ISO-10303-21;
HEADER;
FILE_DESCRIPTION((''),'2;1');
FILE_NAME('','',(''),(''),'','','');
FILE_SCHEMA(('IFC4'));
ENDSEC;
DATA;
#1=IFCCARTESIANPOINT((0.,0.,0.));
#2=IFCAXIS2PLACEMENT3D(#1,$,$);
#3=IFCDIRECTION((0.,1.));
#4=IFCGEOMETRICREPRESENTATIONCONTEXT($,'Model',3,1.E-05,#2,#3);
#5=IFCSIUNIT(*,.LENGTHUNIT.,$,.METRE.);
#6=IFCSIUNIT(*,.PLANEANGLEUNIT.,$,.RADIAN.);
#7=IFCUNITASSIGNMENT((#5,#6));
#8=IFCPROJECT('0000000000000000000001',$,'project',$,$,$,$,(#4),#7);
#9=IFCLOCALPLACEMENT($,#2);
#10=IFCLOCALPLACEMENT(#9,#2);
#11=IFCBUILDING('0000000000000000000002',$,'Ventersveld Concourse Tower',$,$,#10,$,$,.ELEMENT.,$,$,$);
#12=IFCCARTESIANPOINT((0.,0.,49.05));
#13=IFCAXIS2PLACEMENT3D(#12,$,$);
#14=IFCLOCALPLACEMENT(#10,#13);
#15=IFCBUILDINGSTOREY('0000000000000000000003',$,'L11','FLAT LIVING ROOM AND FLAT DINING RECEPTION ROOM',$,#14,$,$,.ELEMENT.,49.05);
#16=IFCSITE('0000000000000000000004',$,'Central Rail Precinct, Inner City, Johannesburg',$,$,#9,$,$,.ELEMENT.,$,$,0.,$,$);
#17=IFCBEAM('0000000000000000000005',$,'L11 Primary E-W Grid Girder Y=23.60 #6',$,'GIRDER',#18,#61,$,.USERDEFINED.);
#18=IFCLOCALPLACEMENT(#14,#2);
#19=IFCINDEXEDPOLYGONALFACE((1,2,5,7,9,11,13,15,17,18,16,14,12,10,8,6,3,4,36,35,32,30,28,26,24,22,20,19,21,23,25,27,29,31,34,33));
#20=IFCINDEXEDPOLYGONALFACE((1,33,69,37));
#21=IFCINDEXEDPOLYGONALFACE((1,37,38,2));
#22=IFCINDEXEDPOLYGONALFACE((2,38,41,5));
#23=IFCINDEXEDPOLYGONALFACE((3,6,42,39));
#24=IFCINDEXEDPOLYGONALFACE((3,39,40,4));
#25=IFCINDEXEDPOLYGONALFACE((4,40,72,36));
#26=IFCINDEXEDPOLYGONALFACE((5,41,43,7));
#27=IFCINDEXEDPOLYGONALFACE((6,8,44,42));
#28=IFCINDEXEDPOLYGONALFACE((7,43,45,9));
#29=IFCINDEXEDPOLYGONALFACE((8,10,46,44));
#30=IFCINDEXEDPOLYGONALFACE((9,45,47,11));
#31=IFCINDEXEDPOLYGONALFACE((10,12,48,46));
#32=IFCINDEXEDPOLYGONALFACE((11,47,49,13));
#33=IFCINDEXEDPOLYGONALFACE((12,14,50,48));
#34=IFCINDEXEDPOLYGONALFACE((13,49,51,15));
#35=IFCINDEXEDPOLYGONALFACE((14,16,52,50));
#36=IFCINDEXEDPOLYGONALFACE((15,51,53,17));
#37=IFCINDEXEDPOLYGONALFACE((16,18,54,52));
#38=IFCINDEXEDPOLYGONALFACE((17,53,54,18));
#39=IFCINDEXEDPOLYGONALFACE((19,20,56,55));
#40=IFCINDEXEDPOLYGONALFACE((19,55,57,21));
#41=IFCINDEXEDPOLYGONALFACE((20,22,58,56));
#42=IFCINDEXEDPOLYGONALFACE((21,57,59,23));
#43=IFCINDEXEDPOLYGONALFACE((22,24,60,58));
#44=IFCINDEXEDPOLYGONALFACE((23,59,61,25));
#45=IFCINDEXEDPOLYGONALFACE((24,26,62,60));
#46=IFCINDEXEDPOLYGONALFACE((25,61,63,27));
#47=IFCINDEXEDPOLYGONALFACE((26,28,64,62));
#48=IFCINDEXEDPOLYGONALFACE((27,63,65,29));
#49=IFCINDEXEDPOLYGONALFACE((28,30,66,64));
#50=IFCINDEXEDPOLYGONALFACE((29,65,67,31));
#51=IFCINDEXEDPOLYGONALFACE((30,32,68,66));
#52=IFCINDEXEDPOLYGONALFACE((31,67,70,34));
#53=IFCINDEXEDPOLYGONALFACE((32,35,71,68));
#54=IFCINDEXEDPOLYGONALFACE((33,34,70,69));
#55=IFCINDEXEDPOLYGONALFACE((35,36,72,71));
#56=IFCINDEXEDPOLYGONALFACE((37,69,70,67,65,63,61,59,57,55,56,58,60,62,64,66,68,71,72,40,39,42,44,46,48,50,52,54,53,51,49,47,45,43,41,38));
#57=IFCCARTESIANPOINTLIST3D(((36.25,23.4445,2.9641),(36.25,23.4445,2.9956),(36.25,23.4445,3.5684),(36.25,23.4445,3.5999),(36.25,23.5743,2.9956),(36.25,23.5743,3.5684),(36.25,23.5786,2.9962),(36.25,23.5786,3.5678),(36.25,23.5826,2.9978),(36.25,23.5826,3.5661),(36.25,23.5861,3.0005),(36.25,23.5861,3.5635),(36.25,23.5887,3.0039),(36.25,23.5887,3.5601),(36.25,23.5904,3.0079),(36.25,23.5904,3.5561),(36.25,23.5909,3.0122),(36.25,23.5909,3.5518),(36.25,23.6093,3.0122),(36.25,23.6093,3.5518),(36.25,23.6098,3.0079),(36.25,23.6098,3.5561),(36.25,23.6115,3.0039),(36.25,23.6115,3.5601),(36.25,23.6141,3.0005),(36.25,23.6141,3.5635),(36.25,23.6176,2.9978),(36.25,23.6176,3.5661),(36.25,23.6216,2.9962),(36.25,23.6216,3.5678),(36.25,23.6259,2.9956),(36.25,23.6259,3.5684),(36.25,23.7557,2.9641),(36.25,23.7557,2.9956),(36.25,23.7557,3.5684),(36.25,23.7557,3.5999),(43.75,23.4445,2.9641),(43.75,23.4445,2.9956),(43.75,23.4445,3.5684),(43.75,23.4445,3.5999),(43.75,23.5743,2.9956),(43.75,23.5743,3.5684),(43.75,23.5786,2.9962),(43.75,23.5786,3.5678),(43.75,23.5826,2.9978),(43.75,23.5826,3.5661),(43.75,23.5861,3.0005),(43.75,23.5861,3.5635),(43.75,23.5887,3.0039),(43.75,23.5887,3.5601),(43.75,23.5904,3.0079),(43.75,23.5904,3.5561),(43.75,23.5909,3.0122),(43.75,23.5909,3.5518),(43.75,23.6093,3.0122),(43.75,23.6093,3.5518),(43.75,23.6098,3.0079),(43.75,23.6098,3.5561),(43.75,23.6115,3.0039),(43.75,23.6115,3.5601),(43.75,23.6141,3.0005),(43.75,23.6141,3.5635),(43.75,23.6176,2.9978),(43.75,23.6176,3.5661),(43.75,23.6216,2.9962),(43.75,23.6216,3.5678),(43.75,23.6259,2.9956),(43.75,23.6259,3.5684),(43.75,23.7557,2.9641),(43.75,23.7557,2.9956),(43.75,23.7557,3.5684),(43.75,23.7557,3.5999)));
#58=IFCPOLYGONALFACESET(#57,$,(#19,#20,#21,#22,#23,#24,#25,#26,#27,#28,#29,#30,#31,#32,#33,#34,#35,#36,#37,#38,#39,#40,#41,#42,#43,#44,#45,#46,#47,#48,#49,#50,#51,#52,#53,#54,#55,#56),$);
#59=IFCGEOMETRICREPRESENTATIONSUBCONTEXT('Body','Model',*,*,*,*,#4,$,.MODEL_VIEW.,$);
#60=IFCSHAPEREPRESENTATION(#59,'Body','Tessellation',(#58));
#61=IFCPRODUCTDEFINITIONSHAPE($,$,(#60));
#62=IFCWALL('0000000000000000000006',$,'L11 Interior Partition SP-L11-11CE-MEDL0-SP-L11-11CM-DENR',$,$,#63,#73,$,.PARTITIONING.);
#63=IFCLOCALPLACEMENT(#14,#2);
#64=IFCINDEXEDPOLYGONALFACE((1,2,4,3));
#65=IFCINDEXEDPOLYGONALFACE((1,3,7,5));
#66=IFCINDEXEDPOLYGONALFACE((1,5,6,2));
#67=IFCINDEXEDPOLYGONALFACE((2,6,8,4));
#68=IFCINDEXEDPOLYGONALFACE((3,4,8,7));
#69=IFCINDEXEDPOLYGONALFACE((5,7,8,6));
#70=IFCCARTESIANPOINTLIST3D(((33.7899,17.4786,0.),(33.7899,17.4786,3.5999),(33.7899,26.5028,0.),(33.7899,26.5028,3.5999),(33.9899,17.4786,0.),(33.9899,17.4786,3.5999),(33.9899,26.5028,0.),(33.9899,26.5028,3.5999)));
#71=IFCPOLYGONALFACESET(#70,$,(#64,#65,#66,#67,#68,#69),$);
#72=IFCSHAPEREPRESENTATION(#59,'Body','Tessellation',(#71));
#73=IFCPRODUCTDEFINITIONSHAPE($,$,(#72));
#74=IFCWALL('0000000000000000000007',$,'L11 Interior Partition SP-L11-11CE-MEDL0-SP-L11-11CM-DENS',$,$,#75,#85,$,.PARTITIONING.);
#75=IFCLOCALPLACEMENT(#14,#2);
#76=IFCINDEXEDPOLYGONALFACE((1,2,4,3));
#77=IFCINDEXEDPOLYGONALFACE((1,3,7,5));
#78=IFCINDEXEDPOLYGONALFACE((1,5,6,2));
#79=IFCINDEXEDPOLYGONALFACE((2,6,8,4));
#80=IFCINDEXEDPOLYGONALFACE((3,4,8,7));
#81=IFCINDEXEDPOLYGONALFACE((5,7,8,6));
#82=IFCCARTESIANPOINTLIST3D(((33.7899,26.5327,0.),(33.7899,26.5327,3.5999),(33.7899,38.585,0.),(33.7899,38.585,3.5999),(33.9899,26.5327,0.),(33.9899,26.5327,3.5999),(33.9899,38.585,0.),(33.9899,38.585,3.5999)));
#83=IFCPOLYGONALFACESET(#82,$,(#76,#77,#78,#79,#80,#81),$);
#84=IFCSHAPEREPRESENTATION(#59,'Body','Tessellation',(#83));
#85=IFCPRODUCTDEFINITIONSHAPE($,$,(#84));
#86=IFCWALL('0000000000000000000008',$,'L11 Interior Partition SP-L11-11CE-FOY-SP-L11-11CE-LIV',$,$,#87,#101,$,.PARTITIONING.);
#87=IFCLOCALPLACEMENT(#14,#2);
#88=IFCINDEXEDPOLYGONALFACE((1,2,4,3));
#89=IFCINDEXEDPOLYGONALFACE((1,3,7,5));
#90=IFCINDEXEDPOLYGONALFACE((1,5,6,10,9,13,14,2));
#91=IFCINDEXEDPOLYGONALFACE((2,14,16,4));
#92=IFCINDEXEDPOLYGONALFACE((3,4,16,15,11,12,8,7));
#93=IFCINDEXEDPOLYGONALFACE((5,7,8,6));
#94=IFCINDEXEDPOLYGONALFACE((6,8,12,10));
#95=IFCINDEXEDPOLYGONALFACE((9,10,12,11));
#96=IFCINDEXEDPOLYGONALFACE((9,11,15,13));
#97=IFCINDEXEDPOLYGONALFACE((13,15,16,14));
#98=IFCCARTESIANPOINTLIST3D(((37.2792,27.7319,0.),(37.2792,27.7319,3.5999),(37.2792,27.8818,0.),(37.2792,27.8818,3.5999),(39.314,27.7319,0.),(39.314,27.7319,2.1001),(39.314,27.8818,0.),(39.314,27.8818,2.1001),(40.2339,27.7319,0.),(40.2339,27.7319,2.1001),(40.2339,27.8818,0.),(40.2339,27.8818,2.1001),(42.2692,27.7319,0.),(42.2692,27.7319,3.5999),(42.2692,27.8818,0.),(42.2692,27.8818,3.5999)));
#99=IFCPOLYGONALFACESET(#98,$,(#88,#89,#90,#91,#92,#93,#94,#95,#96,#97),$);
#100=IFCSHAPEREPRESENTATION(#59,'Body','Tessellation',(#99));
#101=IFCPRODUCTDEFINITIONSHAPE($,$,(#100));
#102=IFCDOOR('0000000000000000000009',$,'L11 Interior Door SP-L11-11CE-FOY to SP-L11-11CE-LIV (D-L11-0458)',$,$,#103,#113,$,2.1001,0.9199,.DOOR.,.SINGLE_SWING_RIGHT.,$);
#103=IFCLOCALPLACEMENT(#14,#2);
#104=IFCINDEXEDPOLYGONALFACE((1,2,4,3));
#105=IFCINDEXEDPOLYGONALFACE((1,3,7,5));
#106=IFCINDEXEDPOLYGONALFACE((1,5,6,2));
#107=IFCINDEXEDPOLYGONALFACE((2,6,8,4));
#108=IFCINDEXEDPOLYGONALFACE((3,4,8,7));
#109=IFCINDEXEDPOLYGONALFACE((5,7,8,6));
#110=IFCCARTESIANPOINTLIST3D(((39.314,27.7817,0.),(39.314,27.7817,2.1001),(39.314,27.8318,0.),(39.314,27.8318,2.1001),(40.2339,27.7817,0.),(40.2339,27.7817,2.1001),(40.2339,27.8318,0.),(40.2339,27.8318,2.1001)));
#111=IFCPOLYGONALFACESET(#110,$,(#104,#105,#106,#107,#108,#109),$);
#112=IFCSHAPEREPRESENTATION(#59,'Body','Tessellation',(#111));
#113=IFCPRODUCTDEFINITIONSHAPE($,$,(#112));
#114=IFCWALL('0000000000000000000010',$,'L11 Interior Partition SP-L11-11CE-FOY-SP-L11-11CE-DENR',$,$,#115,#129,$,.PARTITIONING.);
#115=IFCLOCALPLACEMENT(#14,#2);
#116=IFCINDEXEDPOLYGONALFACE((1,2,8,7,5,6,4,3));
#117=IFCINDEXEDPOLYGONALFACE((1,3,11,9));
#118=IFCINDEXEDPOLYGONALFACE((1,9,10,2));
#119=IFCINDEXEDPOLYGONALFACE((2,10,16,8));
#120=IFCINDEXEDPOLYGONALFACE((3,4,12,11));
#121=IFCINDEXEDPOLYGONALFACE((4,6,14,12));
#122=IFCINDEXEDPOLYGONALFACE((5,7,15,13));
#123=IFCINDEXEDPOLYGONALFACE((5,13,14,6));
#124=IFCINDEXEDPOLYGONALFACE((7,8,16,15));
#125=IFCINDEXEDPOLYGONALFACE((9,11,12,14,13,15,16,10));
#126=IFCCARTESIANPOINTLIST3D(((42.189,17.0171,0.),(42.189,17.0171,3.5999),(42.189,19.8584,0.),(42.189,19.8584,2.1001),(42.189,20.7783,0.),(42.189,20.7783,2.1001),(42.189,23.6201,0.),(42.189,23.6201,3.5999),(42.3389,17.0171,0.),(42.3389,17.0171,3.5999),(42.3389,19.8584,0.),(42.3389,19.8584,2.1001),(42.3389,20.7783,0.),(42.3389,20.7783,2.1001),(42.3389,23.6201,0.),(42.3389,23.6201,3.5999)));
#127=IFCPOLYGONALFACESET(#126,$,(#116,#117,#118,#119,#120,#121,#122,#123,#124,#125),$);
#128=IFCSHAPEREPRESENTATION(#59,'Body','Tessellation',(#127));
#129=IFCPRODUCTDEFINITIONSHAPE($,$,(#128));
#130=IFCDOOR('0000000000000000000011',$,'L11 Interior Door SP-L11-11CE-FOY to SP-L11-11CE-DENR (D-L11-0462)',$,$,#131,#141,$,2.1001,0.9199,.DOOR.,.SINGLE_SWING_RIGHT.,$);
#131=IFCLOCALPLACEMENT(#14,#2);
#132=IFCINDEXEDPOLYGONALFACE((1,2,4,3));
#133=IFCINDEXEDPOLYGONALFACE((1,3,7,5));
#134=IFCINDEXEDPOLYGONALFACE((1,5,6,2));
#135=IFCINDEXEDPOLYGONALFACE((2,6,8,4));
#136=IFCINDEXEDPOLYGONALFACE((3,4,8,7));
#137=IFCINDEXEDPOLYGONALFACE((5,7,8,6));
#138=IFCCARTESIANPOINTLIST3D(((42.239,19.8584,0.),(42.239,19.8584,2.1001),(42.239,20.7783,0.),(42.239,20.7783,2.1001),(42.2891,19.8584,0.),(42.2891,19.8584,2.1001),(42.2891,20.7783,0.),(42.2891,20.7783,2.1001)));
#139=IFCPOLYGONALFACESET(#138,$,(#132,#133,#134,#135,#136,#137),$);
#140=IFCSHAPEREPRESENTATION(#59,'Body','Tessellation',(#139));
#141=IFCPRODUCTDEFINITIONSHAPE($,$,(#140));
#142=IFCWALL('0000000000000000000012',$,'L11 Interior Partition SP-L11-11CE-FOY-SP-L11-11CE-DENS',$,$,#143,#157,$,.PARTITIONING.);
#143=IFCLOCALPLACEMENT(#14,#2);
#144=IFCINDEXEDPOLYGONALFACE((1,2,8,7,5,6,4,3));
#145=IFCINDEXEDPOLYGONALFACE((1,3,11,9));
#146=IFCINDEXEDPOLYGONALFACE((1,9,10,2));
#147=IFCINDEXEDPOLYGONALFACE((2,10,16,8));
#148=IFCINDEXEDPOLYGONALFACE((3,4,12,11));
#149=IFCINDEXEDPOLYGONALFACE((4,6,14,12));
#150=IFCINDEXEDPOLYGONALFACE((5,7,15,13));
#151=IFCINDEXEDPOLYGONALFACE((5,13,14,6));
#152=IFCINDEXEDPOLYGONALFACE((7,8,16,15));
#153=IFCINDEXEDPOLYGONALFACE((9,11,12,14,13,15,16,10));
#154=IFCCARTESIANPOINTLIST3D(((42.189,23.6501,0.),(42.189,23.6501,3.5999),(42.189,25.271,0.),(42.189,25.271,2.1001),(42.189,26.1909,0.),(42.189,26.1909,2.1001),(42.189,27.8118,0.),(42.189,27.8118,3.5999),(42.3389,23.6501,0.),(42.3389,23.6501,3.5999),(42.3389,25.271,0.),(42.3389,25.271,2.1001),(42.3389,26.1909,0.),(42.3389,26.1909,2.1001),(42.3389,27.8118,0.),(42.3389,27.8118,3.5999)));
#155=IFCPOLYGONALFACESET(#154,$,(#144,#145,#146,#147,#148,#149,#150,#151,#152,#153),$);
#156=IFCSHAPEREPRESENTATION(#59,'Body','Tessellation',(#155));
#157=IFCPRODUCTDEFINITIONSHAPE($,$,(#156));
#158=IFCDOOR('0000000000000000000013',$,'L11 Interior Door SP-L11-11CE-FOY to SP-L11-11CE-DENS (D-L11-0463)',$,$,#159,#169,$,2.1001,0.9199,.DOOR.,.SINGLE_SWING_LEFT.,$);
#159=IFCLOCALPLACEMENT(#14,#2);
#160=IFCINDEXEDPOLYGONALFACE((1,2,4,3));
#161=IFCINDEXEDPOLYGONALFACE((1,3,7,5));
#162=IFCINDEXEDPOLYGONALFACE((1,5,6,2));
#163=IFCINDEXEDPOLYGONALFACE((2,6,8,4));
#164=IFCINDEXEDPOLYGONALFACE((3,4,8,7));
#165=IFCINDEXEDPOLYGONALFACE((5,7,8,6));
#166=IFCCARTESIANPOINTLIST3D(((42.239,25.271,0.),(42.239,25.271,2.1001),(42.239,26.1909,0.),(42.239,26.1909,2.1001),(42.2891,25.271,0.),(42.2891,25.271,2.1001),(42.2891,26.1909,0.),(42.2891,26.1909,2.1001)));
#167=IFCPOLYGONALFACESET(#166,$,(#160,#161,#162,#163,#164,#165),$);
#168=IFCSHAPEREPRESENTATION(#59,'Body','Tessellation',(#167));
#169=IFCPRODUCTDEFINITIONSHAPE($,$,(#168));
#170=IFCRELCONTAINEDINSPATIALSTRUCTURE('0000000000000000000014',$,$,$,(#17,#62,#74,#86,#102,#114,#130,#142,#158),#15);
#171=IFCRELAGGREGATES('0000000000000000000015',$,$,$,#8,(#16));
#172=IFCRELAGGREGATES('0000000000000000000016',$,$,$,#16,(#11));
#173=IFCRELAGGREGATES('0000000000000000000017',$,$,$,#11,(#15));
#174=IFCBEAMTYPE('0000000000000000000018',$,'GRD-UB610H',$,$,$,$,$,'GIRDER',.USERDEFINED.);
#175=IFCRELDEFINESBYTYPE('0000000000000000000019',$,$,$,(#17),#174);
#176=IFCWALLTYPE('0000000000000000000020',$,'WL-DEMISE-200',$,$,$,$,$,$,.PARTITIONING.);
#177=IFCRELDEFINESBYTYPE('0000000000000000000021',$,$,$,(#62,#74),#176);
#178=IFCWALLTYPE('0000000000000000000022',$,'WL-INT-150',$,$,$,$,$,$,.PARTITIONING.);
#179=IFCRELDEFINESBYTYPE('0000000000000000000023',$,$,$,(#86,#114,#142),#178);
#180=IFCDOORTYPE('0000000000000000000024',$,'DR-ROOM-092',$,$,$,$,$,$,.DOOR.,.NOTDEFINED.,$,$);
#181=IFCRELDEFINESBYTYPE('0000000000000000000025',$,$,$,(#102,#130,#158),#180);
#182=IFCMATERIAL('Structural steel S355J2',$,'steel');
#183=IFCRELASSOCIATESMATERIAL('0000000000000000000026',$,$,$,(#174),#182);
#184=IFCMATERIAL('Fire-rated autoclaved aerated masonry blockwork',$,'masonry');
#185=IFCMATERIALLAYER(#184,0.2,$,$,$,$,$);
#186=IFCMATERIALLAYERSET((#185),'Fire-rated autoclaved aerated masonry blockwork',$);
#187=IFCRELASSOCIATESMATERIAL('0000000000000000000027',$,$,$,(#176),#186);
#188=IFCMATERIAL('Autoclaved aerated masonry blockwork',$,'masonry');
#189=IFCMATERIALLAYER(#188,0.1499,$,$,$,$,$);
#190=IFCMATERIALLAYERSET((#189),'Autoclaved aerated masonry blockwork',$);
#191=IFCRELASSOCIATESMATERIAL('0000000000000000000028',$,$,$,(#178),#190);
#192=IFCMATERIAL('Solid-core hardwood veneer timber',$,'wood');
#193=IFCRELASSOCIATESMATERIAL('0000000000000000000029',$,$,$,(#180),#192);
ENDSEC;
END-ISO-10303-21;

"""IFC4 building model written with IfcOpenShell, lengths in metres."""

from ifc_helpers import new_model, si_unit, direction, frame, frame_2d, origin, origin_2d, place, context, subcontext, project, spatial, rectangle, i_section, extrude, material, layer, layer_set, material_profile, profile_set, type_object, element, fill, save


model = new_model("IFC4")

# Units and contexts
model_context = context("Model", 3, precision=1e-05, world=origin(), true_north=direction((0.0, 1.0)))
body_context = subcontext(model_context, "Body", "Model", "MODEL_VIEW")
ifc_project = project(units=[si_unit("LENGTHUNIT", "METRE"), si_unit("PLANEANGLEUNIT", "RADIAN")], contexts=[model_context])

# Site, building, storey
site_placement = place(None, origin())
site = spatial("IfcSite", under=ifc_project, at=site_placement, Name="Central Rail Precinct, Inner City, Johannesburg", CompositionType="ELEMENT", RefElevation=0.0)
building_placement = place(site_placement, origin())
building = spatial("IfcBuilding", under=site, at=building_placement, Name="Ventersveld Concourse Tower", CompositionType="ELEMENT")
storey_placement = place(building_placement, frame((0.0, 0.0, 49.05)))
storey = spatial("IfcBuildingStorey", under=building, at=storey_placement, Name="L11", Description="FLAT LIVING ROOM AND FLAT DINING RECEPTION ROOM", CompositionType="ELEMENT", Elevation=49.05)

# Beam
ifc_material_1 = material(Name="Structural steel S355J2", Category="steel")
ifc_material_profile_1 = material_profile(ifc_material_1, i_section(OverallWidth=0.3113, OverallDepth=0.6357, WebThickness=0.0183, FlangeThickness=0.0315, FilletRadius=0.0166, at=origin_2d()), Name="UB 610x305x238")
ifc_profile_set_1 = profile_set([ifc_material_profile_1], Name="Structural steel S355J2")
beam_type_1 = type_object("IfcBeamType", Name="GRD-UB610H", ElementType="GIRDER", PredefinedType="USERDEFINED", material=ifc_profile_set_1)
for number, where, z_axis, x_axis, name in (
    (1, (36.25, 23.6001, 3.282), (1.0, 0.0, 0.0), (0.0, 1.0, 0.0), "L11 Primary E-W Grid Girder Y=23.60 #6"),
):
    element("IfcBeam", number, at=place(storey_placement, frame(where, z_axis=z_axis, x_axis=x_axis)), inside=storey, type_object=beam_type_1, Name=name, ObjectType="GIRDER", PredefinedType="USERDEFINED", context=body_context, shape_type="SweptSolid", body=[
        extrude(i_section(OverallWidth=0.3113, OverallDepth=0.6357, WebThickness=0.0183, FlangeThickness=0.0315, FilletRadius=0.0166, at=origin_2d()), origin(), (0.0, 0.0, 1.0), 7.5),
    ])

# Walls
ifc_material_2 = material(Name="Fire-rated autoclaved aerated masonry blockwork", Category="masonry")
ifc_layer_1 = layer(ifc_material_2, 0.2)
ifc_layer_set_1 = layer_set([ifc_layer_1], Name="Fire-rated autoclaved aerated masonry blockwork")
wall_type_1 = type_object("IfcWallType", Name="WL-DEMISE-200", PredefinedType="PARTITIONING", material=ifc_layer_set_1)
wall_1_placement = place(storey_placement, frame((33.8899, 17.4785, 0.0), z_axis=(0.0, 0.0, 1.0), x_axis=(0.0, 1.0, 0.0)))
element("IfcWall", 2, at=wall_1_placement, inside=storey, type_object=wall_type_1, Name="L11 Interior Partition SP-L11-11CE-MEDL0-SP-L11-11CM-DENR", PredefinedType="PARTITIONING", context=body_context, shape_type="SweptSolid", body=[
    extrude(rectangle(XDim=9.0242, YDim=0.2, at=frame_2d((4.5122, 0.0))), origin(), (0.0, 0.0, 1.0), 3.5999),
])
wall_2_placement = place(storey_placement, frame((33.8899, 26.5327, 0.0), z_axis=(0.0, 0.0, 1.0), x_axis=(0.0, 1.0, 0.0)))
element("IfcWall", 3, at=wall_2_placement, inside=storey, type_object=wall_type_1, Name="L11 Interior Partition SP-L11-11CE-MEDL0-SP-L11-11CM-DENS", PredefinedType="PARTITIONING", context=body_context, shape_type="SweptSolid", body=[
    extrude(rectangle(XDim=12.0522, YDim=0.2, at=frame_2d((6.0261, 0.0))), origin(), (0.0, 0.0, 1.0), 3.5999),
])

# Walls, openings, doors
ifc_material_3 = material(Name="Autoclaved aerated masonry blockwork", Category="masonry")
ifc_layer_2 = layer(ifc_material_3, 0.1499)
ifc_layer_set_2 = layer_set([ifc_layer_2], Name="Autoclaved aerated masonry blockwork")
wall_type_2 = type_object("IfcWallType", Name="WL-INT-150", PredefinedType="PARTITIONING", material=ifc_layer_set_2)
wall_3_placement = place(storey_placement, frame((37.2791, 27.8069, 0.0), z_axis=(0.0, 0.0, 1.0), x_axis=(1.0, 0.0, 0.0)))
wall_3 = element("IfcWall", 4, at=wall_3_placement, inside=storey, type_object=wall_type_2, Name="L11 Interior Partition SP-L11-11CE-FOY-SP-L11-11CE-LIV", PredefinedType="PARTITIONING", context=body_context, shape_type="SweptSolid", body=[
    extrude(rectangle(XDim=4.99, YDim=0.1499, at=frame_2d((2.4951, 0.0))), origin(), (0.0, 0.0, 1.0), 3.5999),
])
opening_1_placement = place(wall_3_placement, frame((2.0349, 0.0, 0.0)))
opening_1 = element("IfcOpeningElement", 5, at=opening_1_placement, cuts=wall_3, PredefinedType="OPENING", context=body_context, shape_type="SweptSolid", body=[
    extrude(rectangle(XDim=0.9199, YDim=2.1001, at=frame_2d((0.46, 1.05))), frame((0.0, 0.085, 0.0), z_axis=(0.0, -1.0, 0.0), x_axis=(1.0, 0.0, 0.0)), (0.0, 0.0, 1.0), 0.1699),
])
ifc_material_4 = material(Name="Solid-core hardwood veneer timber", Category="wood")
door_type = type_object("IfcDoorType", Name="DR-ROOM-092", OperationType="NOTDEFINED", PredefinedType="DOOR", material=ifc_material_4)
door_1_placement = place(opening_1_placement, origin())
door_1 = element("IfcDoor", 6, at=door_1_placement, inside=storey, type_object=door_type, Name="L11 Interior Door SP-L11-11CE-FOY to SP-L11-11CE-LIV (D-L11-0458)", OperationType="SINGLE_SWING_RIGHT", OverallHeight=2.1001, OverallWidth=0.9199, PredefinedType="DOOR", context=body_context, shape_type="SweptSolid", body=[
    extrude(rectangle(XDim=0.9199, YDim=2.1001, at=frame_2d((0.46, 1.05))), frame((0.0, 0.0249, 0.0), z_axis=(0.0, -1.0, 0.0), x_axis=(1.0, 0.0, 0.0)), (0.0, 0.0, 1.0), 0.05),
])
fill(opening_1, door_1)
wall_4_placement = place(storey_placement, frame((42.2639, 17.0171, 0.0), z_axis=(0.0, 0.0, 1.0), x_axis=(0.0, 1.0, 0.0)))
wall_4 = element("IfcWall", 7, at=wall_4_placement, inside=storey, type_object=wall_type_2, Name="L11 Interior Partition SP-L11-11CE-FOY-SP-L11-11CE-DENR", PredefinedType="PARTITIONING", context=body_context, shape_type="SweptSolid", body=[
    extrude(rectangle(XDim=6.603, YDim=0.1499, at=frame_2d((3.3015, 0.0))), origin(), (0.0, 0.0, 1.0), 3.5999),
])
opening_2_placement = place(wall_4_placement, frame((2.8413, 0.0, 0.0)))
opening_2 = element("IfcOpeningElement", 8, at=opening_2_placement, cuts=wall_4, PredefinedType="OPENING", context=body_context, shape_type="SweptSolid", body=[
    extrude(rectangle(XDim=0.9199, YDim=2.1001, at=frame_2d((0.46, 1.05))), frame((0.0, 0.085, 0.0), z_axis=(0.0, -1.0, 0.0), x_axis=(1.0, 0.0, 0.0)), (0.0, 0.0, 1.0), 0.1699),
])
door_2_placement = place(opening_2_placement, origin())
door_2 = element("IfcDoor", 9, at=door_2_placement, inside=storey, type_object=door_type, Name="L11 Interior Door SP-L11-11CE-FOY to SP-L11-11CE-DENR (D-L11-0462)", OperationType="SINGLE_SWING_RIGHT", OverallHeight=2.1001, OverallWidth=0.9199, PredefinedType="DOOR", context=body_context, shape_type="SweptSolid", body=[
    extrude(rectangle(XDim=0.9199, YDim=2.1001, at=frame_2d((0.46, 1.05))), frame((0.0, 0.0249, 0.0), z_axis=(0.0, -1.0, 0.0), x_axis=(1.0, 0.0, 0.0)), (0.0, 0.0, 1.0), 0.05),
])
fill(opening_2, door_2)
wall_5_placement = place(storey_placement, frame((42.2639, 23.6501, 0.0), z_axis=(0.0, 0.0, 1.0), x_axis=(0.0, 1.0, 0.0)))
wall_5 = element("IfcWall", 10, at=wall_5_placement, inside=storey, type_object=wall_type_2, Name="L11 Interior Partition SP-L11-11CE-FOY-SP-L11-11CE-DENS", PredefinedType="PARTITIONING", context=body_context, shape_type="SweptSolid", body=[
    extrude(rectangle(XDim=4.1616, YDim=0.1499, at=frame_2d((2.0808, 0.0))), origin(), (0.0, 0.0, 1.0), 3.5999),
])
opening_3_placement = place(wall_5_placement, frame((1.6208, 0.0, 0.0)))
opening_3 = element("IfcOpeningElement", 11, at=opening_3_placement, cuts=wall_5, PredefinedType="OPENING", context=body_context, shape_type="SweptSolid", body=[
    extrude(rectangle(XDim=0.9199, YDim=2.1001, at=frame_2d((0.46, 1.05))), frame((0.0, 0.085, 0.0), z_axis=(0.0, -1.0, 0.0), x_axis=(1.0, 0.0, 0.0)), (0.0, 0.0, 1.0), 0.1699),
])
door_3_placement = place(opening_3_placement, origin())
door_3 = element("IfcDoor", 12, at=door_3_placement, inside=storey, type_object=door_type, Name="L11 Interior Door SP-L11-11CE-FOY to SP-L11-11CE-DENS (D-L11-0463)", OperationType="SINGLE_SWING_LEFT", OverallHeight=2.1001, OverallWidth=0.9199, PredefinedType="DOOR", context=body_context, shape_type="SweptSolid", body=[
    extrude(rectangle(XDim=0.9199, YDim=2.1001, at=frame_2d((0.46, 1.05))), frame((0.0, 0.0249, 0.0), z_axis=(0.0, -1.0, 0.0), x_axis=(1.0, 0.0, 0.0)), (0.0, 0.0, 1.0), 0.05),
])
fill(opening_3, door_3)

save(model, "model.ifc")
